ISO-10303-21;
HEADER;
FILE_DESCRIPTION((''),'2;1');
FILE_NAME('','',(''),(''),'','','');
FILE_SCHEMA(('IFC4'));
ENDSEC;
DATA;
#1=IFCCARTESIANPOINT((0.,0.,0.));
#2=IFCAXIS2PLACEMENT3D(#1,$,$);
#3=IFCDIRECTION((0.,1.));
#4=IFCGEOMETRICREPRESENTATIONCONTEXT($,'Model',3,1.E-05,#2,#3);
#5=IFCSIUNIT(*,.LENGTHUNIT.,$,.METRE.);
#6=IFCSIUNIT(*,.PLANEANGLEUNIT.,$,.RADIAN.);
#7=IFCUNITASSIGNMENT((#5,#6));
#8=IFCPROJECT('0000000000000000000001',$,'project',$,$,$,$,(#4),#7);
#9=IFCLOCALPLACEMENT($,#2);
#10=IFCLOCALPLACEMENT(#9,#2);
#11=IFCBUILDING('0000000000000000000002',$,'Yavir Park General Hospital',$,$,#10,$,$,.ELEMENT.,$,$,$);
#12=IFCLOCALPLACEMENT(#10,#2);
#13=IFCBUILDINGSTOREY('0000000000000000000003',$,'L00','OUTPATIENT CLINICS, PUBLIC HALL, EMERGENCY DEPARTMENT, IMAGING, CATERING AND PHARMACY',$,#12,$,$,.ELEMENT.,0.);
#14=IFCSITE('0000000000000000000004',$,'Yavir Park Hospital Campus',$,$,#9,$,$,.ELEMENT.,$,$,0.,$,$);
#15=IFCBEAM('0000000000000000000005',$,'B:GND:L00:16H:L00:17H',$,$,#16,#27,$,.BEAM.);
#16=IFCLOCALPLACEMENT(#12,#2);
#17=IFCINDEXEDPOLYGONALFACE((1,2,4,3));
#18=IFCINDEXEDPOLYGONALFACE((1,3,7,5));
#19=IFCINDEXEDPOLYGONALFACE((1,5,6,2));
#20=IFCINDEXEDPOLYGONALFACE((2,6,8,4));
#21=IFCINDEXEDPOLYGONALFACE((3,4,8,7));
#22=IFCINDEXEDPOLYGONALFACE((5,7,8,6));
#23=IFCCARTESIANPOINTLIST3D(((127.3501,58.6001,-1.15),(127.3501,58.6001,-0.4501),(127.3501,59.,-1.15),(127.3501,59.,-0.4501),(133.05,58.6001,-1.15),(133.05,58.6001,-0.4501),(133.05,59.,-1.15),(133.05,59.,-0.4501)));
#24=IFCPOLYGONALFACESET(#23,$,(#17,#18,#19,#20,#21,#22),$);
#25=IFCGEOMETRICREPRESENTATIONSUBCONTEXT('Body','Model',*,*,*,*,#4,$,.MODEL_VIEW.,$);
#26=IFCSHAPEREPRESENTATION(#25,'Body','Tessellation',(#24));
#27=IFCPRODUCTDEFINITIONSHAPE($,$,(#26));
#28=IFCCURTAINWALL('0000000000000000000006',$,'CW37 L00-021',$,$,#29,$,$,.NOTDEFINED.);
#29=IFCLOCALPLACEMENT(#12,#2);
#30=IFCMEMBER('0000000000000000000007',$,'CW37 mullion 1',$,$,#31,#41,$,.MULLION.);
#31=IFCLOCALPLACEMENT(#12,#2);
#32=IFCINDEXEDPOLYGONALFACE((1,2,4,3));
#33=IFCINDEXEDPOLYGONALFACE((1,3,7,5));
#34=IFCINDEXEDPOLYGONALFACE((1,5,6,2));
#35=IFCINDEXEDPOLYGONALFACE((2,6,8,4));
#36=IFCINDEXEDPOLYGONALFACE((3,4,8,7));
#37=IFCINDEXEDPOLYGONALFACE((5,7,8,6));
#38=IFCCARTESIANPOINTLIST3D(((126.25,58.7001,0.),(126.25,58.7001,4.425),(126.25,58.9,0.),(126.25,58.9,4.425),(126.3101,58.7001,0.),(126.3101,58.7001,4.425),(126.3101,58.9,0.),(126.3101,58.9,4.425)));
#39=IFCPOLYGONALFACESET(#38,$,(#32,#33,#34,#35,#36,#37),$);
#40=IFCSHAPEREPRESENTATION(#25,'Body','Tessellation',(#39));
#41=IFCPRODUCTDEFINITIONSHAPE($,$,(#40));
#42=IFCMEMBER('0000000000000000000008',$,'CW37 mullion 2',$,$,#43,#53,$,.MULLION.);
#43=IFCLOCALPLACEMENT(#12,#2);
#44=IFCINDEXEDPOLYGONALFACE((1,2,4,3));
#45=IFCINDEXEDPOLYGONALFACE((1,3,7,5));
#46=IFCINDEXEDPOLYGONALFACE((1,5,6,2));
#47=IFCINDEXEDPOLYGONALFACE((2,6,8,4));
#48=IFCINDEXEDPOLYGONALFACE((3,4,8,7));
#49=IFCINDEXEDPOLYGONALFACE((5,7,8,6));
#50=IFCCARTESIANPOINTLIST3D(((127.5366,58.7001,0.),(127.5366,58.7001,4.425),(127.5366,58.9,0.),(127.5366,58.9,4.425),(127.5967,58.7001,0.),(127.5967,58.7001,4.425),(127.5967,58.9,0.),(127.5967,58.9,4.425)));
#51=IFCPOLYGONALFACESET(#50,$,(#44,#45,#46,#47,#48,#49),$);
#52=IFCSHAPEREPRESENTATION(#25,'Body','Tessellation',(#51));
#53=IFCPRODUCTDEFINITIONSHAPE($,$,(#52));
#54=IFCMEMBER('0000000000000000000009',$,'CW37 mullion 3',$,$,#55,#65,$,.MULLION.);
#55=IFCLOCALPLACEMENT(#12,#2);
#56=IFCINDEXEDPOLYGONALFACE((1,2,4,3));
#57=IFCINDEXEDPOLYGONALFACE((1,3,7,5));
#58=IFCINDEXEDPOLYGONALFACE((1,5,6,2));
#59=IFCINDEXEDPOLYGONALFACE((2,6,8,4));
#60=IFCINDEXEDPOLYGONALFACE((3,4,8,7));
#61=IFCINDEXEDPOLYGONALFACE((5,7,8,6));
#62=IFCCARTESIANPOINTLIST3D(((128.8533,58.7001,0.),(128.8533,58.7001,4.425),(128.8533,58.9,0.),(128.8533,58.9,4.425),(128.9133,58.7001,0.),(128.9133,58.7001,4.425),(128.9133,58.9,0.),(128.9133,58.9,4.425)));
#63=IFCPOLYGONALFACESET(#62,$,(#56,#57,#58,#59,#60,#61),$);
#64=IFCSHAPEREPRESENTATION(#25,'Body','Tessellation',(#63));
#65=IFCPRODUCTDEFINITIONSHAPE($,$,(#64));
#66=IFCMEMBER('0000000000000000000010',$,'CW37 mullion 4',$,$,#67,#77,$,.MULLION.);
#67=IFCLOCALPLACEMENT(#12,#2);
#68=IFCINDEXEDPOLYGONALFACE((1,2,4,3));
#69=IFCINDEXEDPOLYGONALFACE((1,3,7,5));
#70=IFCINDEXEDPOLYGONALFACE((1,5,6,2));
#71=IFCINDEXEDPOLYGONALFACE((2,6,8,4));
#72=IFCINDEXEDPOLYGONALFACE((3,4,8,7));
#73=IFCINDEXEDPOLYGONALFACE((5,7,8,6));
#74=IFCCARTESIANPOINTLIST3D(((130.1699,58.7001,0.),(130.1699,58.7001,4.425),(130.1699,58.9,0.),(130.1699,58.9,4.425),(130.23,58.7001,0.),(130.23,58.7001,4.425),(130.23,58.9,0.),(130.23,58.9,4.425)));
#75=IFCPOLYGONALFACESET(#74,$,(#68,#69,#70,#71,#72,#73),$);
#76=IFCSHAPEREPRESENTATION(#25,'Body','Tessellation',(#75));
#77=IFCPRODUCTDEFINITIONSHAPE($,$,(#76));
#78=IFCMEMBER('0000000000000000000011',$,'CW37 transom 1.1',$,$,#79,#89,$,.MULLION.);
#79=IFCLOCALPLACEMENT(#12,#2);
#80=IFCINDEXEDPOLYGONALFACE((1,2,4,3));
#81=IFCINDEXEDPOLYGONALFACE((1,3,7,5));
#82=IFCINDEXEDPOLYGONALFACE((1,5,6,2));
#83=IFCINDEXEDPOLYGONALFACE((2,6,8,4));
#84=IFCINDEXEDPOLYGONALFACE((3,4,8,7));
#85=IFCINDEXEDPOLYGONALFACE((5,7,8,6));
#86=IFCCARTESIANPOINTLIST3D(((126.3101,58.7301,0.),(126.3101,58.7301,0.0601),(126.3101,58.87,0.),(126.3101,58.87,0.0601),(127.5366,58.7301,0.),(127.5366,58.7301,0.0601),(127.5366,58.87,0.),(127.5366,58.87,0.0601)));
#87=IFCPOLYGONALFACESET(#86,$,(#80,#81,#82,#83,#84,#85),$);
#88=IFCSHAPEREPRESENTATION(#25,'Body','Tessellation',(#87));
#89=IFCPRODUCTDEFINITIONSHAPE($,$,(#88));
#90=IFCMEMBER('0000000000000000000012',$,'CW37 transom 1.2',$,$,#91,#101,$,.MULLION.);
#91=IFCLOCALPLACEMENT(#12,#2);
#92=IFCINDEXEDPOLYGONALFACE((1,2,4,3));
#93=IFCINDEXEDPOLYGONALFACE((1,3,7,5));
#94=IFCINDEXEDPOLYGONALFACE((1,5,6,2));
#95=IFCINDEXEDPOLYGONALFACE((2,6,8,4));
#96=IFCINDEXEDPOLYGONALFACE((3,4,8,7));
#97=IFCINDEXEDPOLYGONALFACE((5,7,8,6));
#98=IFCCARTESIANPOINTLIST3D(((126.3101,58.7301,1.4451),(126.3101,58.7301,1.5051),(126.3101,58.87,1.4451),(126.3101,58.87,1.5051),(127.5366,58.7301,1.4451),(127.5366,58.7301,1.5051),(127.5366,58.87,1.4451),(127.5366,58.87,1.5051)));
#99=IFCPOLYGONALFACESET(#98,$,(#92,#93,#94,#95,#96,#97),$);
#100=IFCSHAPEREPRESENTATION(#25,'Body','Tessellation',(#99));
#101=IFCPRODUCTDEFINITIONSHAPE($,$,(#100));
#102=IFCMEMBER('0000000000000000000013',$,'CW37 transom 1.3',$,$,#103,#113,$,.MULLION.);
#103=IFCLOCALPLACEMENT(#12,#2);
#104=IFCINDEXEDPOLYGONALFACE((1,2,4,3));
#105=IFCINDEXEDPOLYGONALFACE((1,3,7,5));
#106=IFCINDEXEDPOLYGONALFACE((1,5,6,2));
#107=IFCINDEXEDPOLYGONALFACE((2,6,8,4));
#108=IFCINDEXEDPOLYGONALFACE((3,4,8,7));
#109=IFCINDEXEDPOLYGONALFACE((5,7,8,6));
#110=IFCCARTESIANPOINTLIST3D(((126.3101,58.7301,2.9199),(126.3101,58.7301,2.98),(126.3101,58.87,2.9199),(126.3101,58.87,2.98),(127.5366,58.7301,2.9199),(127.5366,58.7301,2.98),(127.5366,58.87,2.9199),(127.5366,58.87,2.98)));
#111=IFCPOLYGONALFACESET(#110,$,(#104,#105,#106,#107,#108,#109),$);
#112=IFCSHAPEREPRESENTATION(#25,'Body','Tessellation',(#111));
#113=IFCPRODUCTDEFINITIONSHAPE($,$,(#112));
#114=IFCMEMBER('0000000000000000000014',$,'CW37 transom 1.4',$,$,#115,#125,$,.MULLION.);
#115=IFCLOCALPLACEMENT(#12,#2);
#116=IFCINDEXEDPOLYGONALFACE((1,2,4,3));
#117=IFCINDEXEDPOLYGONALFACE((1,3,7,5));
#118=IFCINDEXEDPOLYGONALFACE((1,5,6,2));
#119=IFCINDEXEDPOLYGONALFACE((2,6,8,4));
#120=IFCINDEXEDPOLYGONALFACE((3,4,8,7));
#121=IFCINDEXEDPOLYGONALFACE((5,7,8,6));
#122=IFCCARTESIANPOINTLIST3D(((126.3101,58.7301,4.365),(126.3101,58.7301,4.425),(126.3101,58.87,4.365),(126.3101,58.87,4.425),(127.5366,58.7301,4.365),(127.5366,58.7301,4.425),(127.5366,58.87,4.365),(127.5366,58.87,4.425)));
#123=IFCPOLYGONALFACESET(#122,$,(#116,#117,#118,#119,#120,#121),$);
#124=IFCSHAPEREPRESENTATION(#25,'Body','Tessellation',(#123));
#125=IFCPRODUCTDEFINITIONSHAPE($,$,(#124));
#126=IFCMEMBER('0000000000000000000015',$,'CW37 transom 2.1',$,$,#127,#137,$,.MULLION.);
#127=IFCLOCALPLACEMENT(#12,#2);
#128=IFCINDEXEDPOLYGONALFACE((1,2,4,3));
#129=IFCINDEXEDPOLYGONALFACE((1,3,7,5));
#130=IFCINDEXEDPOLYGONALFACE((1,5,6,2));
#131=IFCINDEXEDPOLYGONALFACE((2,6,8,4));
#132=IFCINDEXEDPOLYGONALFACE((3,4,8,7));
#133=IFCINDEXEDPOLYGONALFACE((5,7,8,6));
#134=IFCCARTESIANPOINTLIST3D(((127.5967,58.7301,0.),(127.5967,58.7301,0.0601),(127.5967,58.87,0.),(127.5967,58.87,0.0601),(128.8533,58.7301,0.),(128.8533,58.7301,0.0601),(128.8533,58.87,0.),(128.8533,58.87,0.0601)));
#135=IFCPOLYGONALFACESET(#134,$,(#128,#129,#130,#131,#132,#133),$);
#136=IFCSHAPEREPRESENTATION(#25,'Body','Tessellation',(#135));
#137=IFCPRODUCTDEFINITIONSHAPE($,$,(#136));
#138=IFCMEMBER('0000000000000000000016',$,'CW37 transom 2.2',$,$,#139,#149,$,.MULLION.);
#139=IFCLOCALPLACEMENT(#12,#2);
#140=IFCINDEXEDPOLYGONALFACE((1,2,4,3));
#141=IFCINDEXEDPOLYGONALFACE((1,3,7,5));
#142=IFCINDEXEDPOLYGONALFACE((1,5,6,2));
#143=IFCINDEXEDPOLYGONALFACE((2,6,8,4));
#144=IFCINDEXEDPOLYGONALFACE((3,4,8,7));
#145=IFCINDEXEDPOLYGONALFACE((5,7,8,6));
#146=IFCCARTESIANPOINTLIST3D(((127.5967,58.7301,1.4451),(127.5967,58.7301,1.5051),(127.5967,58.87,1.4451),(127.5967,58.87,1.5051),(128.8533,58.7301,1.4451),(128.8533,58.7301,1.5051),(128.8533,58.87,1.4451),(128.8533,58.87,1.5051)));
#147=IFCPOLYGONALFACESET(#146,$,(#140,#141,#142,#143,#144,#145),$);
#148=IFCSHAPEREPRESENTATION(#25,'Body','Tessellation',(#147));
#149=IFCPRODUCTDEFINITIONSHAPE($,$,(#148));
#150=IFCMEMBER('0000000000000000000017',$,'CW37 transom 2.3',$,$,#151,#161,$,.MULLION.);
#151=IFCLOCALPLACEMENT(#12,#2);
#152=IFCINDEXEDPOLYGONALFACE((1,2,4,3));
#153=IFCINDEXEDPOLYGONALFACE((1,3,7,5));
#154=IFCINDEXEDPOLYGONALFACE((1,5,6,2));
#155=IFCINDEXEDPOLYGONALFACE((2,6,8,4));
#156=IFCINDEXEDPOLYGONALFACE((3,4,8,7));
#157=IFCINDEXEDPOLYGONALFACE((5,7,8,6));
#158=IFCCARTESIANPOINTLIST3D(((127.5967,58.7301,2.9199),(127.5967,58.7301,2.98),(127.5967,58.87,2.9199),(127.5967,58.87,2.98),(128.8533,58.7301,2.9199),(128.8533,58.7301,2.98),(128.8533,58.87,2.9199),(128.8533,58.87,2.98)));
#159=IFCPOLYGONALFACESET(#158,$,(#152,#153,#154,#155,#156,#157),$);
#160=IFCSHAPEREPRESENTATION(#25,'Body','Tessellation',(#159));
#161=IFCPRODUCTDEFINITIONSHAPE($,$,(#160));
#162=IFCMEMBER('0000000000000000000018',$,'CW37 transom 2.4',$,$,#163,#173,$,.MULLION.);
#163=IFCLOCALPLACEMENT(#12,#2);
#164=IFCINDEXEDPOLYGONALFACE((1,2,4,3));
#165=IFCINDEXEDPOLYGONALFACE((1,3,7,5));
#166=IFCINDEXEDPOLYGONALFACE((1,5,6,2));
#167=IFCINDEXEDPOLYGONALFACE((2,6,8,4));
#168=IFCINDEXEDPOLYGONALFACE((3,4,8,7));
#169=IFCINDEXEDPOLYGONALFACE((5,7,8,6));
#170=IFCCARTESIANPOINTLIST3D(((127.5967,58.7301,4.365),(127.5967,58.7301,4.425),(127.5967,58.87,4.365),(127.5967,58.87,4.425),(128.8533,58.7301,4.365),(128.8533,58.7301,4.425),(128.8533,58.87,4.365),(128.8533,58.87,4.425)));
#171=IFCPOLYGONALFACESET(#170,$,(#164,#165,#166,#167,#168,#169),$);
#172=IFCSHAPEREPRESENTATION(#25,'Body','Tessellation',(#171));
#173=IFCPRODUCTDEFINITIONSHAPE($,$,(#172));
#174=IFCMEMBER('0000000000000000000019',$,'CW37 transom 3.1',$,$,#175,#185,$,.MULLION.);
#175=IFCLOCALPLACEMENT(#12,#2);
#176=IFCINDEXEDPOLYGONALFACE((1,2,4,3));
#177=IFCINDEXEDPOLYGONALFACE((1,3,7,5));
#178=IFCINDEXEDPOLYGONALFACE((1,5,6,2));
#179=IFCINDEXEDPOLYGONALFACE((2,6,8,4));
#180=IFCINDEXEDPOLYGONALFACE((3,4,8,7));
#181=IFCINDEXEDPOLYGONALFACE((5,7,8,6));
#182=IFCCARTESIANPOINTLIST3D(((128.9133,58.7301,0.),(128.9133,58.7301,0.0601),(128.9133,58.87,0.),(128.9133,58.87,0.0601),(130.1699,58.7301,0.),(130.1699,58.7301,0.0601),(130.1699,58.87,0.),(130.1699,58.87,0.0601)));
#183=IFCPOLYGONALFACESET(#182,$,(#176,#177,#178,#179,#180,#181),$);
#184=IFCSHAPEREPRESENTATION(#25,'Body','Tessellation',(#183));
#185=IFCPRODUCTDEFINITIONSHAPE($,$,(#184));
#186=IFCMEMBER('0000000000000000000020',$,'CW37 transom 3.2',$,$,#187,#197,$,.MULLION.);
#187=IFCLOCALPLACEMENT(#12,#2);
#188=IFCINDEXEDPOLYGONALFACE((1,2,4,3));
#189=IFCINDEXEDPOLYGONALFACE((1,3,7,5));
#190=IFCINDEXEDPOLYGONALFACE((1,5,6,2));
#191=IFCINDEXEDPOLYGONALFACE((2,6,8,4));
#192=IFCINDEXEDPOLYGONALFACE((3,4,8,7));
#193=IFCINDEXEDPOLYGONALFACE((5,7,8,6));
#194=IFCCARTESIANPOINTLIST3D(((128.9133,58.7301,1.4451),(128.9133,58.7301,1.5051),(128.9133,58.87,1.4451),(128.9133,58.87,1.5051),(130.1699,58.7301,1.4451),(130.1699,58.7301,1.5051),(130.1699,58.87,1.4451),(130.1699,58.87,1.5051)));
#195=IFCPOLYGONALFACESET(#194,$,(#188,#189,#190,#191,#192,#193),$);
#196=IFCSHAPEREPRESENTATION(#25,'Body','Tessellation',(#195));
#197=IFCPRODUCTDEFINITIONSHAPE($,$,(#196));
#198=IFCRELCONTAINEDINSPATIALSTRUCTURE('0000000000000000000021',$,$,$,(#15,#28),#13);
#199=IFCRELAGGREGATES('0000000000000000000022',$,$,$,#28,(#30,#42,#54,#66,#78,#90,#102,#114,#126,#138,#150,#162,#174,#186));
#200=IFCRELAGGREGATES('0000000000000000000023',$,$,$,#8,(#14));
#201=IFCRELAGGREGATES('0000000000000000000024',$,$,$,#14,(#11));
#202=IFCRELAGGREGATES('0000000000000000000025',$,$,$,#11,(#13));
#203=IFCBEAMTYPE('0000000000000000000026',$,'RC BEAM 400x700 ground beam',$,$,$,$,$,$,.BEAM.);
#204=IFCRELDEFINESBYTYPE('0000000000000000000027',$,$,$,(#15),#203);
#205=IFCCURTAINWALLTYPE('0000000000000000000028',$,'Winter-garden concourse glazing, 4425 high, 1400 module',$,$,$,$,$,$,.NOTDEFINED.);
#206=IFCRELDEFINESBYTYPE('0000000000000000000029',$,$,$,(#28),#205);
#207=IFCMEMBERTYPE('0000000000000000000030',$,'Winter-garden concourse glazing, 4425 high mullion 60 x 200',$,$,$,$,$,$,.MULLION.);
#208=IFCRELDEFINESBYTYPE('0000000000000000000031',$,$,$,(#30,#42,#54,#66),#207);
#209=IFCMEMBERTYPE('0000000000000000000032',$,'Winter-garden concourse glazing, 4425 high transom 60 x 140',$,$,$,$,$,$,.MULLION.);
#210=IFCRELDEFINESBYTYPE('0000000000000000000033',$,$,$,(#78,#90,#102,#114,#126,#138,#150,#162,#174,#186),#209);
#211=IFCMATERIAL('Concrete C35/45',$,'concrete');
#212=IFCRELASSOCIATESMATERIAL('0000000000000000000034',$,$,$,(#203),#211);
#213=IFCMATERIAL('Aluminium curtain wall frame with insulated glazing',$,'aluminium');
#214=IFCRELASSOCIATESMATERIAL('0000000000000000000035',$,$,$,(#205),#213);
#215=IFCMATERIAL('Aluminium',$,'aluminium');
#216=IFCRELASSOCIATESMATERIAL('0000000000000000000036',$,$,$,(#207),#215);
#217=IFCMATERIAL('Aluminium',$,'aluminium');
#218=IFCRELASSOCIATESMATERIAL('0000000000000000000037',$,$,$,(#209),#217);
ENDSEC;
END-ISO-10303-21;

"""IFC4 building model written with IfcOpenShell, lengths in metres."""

from ifc_helpers import new_model, si_unit, direction, frame, origin, origin_2d, place, context, subcontext, project, spatial, rectangle, extrude, material, material_profile, profile_set, type_object, element, aggregate, save


model = new_model("IFC4")

# Units and contexts
model_context = context("Model", 3, precision=1e-05, world=origin(), true_north=direction((0.0, 1.0)))
body_context = subcontext(model_context, "Body", "Model", "MODEL_VIEW")
ifc_project = project(units=[si_unit("LENGTHUNIT", "METRE"), si_unit("PLANEANGLEUNIT", "RADIAN")], contexts=[model_context])

# Site, building, storey
site_placement = place(None, origin())
site = spatial("IfcSite", under=ifc_project, at=site_placement, Name="Yavir Park Hospital Campus", CompositionType="ELEMENT", RefElevation=0.0)
building_placement = place(site_placement, origin())
building = spatial("IfcBuilding", under=site, at=building_placement, Name="Yavir Park General Hospital", CompositionType="ELEMENT")
storey_placement = place(building_placement, origin())
storey = spatial("IfcBuildingStorey", under=building, at=storey_placement, Name="L00", Description="OUTPATIENT CLINICS, PUBLIC HALL, EMERGENCY DEPARTMENT, IMAGING, CATERING AND PHARMACY", CompositionType="ELEMENT", Elevation=0.0)

# Beam
ifc_material_1 = material(Name="Concrete C35/45", Category="concrete")
ifc_material_profile_1 = material_profile(ifc_material_1, rectangle(XDim=0.3999, YDim=0.7, at=origin_2d()), Name="RC400x700")
ifc_profile_set_1 = profile_set([ifc_material_profile_1], Name="Concrete C35/45")
beam_type_1 = type_object("IfcBeamType", Name="RC BEAM 400x700 ground beam", PredefinedType="BEAM", material=ifc_profile_set_1)
beam_1_placement = place(storey_placement, frame((127.3501, 58.8, -0.8), z_axis=(1.0, 0.0, 0.0), x_axis=(0.0, 1.0, 0.0)))
element("IfcBeam", 1, at=beam_1_placement, inside=storey, type_object=beam_type_1, Name="B:GND:L00:16H:L00:17H", PredefinedType="BEAM", context=body_context, shape_type="SweptSolid", body=[
    extrude(rectangle(XDim=0.3999, YDim=0.7, at=origin_2d()), origin(), (0.0, 0.0, 1.0), 5.7),
])

# Curtain wall, members
ifc_material_2 = material(Name="Aluminium curtain wall frame with insulated glazing", Category="aluminium")
curtain_wall_type = type_object("IfcCurtainWallType", Name="Winter-garden concourse glazing, 4425 high, 1400 module", PredefinedType="NOTDEFINED", material=ifc_material_2)
curtain_wall_placement = place(storey_placement, origin())
curtain_wall = element("IfcCurtainWall", 2, at=curtain_wall_placement, inside=storey, type_object=curtain_wall_type, Name="CW37 L00-021", PredefinedType="NOTDEFINED")
ifc_material_3 = material(Name="Aluminium", Category="aluminium")
ifc_material_profile_2 = material_profile(ifc_material_3, rectangle(XDim=0.2, YDim=0.0601, at=origin_2d()), Name="AL 60x200")
ifc_profile_set_2 = profile_set([ifc_material_profile_2], Name="Aluminium")
member_type_1 = type_object("IfcMemberType", Name="Winter-garden concourse glazing, 4425 high mullion 60 x 200", PredefinedType="MULLION", material=ifc_profile_set_2)
member_1_placement = place(storey_placement, frame((126.28, 58.8, 0.0), z_axis=(0.0, 0.0, 1.0), x_axis=(0.0, 1.0, 0.0)))
member_1 = element("IfcMember", 3, at=member_1_placement, type_object=member_type_1, Name="CW37 mullion 1", PredefinedType="MULLION", context=body_context, shape_type="SweptSolid", body=[
    extrude(rectangle(XDim=0.2, YDim=0.0601, at=origin_2d()), origin(), (0.0, 0.0, 1.0), 4.425),
])
member_2_placement = place(storey_placement, frame((127.5667, 58.8, 0.0), z_axis=(0.0, 0.0, 1.0), x_axis=(0.0, 1.0, 0.0)))
member_2 = element("IfcMember", 4, at=member_2_placement, type_object=member_type_1, Name="CW37 mullion 2", PredefinedType="MULLION", context=body_context, shape_type="SweptSolid", body=[
    extrude(rectangle(XDim=0.2, YDim=0.0601, at=origin_2d()), origin(), (0.0, 0.0, 1.0), 4.425),
])
member_3_placement = place(storey_placement, frame((128.8833, 58.8, 0.0), z_axis=(0.0, 0.0, 1.0), x_axis=(0.0, 1.0, 0.0)))
member_3 = element("IfcMember", 5, at=member_3_placement, type_object=member_type_1, Name="CW37 mullion 3", PredefinedType="MULLION", context=body_context, shape_type="SweptSolid", body=[
    extrude(rectangle(XDim=0.2, YDim=0.0601, at=origin_2d()), origin(), (0.0, 0.0, 1.0), 4.425),
])
member_4_placement = place(storey_placement, frame((130.2, 58.8, 0.0), z_axis=(0.0, 0.0, 1.0), x_axis=(0.0, 1.0, 0.0)))
member_4 = element("IfcMember", 6, at=member_4_placement, type_object=member_type_1, Name="CW37 mullion 4", PredefinedType="MULLION", context=body_context, shape_type="SweptSolid", body=[
    extrude(rectangle(XDim=0.2, YDim=0.0601, at=origin_2d()), origin(), (0.0, 0.0, 1.0), 4.425),
])
ifc_material_4 = material(Name="Aluminium", Category="aluminium")
ifc_material_profile_3 = material_profile(ifc_material_4, rectangle(XDim=0.1399, YDim=0.0601, at=origin_2d()), Name="AL 140x60")
ifc_profile_set_3 = profile_set([ifc_material_profile_3], Name="Aluminium")
member_type_2 = type_object("IfcMemberType", Name="Winter-garden concourse glazing, 4425 high transom 60 x 140", PredefinedType="MULLION", material=ifc_profile_set_3)
member_5_placement = place(storey_placement, frame((126.3101, 58.8, 0.03), z_axis=(1.0, 0.0, 0.0), x_axis=(0.0, 1.0, 0.0)))
member_5 = element("IfcMember", 7, at=member_5_placement, type_object=member_type_2, Name="CW37 transom 1.1", PredefinedType="MULLION", context=body_context, shape_type="SweptSolid", body=[
    extrude(rectangle(XDim=0.1399, YDim=0.0601, at=origin_2d()), origin(), (0.0, 0.0, 1.0), 1.2266),
])
member_6_placement = place(storey_placement, frame((126.3101, 58.8, 1.4751), z_axis=(1.0, 0.0, 0.0), x_axis=(0.0, 1.0, 0.0)))
member_6 = element("IfcMember", 8, at=member_6_placement, type_object=member_type_2, Name="CW37 transom 1.2", PredefinedType="MULLION", context=body_context, shape_type="SweptSolid", body=[
    extrude(rectangle(XDim=0.1399, YDim=0.0601, at=origin_2d()), origin(), (0.0, 0.0, 1.0), 1.2266),
])
member_7_placement = place(storey_placement, frame((126.3101, 58.8, 2.95), z_axis=(1.0, 0.0, 0.0), x_axis=(0.0, 1.0, 0.0)))
member_7 = element("IfcMember", 9, at=member_7_placement, type_object=member_type_2, Name="CW37 transom 1.3", PredefinedType="MULLION", context=body_context, shape_type="SweptSolid", body=[
    extrude(rectangle(XDim=0.1399, YDim=0.0601, at=origin_2d()), origin(), (0.0, 0.0, 1.0), 1.2266),
])
member_8_placement = place(storey_placement, frame((126.3101, 58.8, 4.395), z_axis=(1.0, 0.0, 0.0), x_axis=(0.0, 1.0, 0.0)))
member_8 = element("IfcMember", 10, at=member_8_placement, type_object=member_type_2, Name="CW37 transom 1.4", PredefinedType="MULLION", context=body_context, shape_type="SweptSolid", body=[
    extrude(rectangle(XDim=0.1399, YDim=0.0601, at=origin_2d()), origin(), (0.0, 0.0, 1.0), 1.2266),
])
member_9_placement = place(storey_placement, frame((127.5967, 58.8, 0.03), z_axis=(1.0, 0.0, 0.0), x_axis=(0.0, 1.0, 0.0)))
member_9 = element("IfcMember", 11, at=member_9_placement, type_object=member_type_2, Name="CW37 transom 2.1", PredefinedType="MULLION", context=body_context, shape_type="SweptSolid", body=[
    extrude(rectangle(XDim=0.1399, YDim=0.0601, at=origin_2d()), origin(), (0.0, 0.0, 1.0), 1.2566),
])
member_10_placement = place(storey_placement, frame((127.5967, 58.8, 1.4751), z_axis=(1.0, 0.0, 0.0), x_axis=(0.0, 1.0, 0.0)))
member_10 = element("IfcMember", 12, at=member_10_placement, type_object=member_type_2, Name="CW37 transom 2.2", PredefinedType="MULLION", context=body_context, shape_type="SweptSolid", body=[
    extrude(rectangle(XDim=0.1399, YDim=0.0601, at=origin_2d()), origin(), (0.0, 0.0, 1.0), 1.2566),
])
member_11_placement = place(storey_placement, frame((127.5967, 58.8, 2.95), z_axis=(1.0, 0.0, 0.0), x_axis=(0.0, 1.0, 0.0)))
member_11 = element("IfcMember", 13, at=member_11_placement, type_object=member_type_2, Name="CW37 transom 2.3", PredefinedType="MULLION", context=body_context, shape_type="SweptSolid", body=[
    extrude(rectangle(XDim=0.1399, YDim=0.0601, at=origin_2d()), origin(), (0.0, 0.0, 1.0), 1.2566),
])
member_12_placement = place(storey_placement, frame((127.5967, 58.8, 4.395), z_axis=(1.0, 0.0, 0.0), x_axis=(0.0, 1.0, 0.0)))
member_12 = element("IfcMember", 14, at=member_12_placement, type_object=member_type_2, Name="CW37 transom 2.4", PredefinedType="MULLION", context=body_context, shape_type="SweptSolid", body=[
    extrude(rectangle(XDim=0.1399, YDim=0.0601, at=origin_2d()), origin(), (0.0, 0.0, 1.0), 1.2566),
])
member_13_placement = place(storey_placement, frame((128.9133, 58.8, 0.03), z_axis=(1.0, 0.0, 0.0), x_axis=(0.0, 1.0, 0.0)))
member_13 = element("IfcMember", 15, at=member_13_placement, type_object=member_type_2, Name="CW37 transom 3.1", PredefinedType="MULLION", context=body_context, shape_type="SweptSolid", body=[
    extrude(rectangle(XDim=0.1399, YDim=0.0601, at=origin_2d()), origin(), (0.0, 0.0, 1.0), 1.2566),
])
member_14_placement = place(storey_placement, frame((128.9133, 58.8, 1.4751), z_axis=(1.0, 0.0, 0.0), x_axis=(0.0, 1.0, 0.0)))
member_14 = element("IfcMember", 16, at=member_14_placement, type_object=member_type_2, Name="CW37 transom 3.2", PredefinedType="MULLION", context=body_context, shape_type="SweptSolid", body=[
    extrude(rectangle(XDim=0.1399, YDim=0.0601, at=origin_2d()), origin(), (0.0, 0.0, 1.0), 1.2566),
])
aggregate(curtain_wall, [member_1, member_2, member_3, member_4, member_5, member_6, member_7, member_8, member_9, member_10, member_11, member_12, member_13, member_14])

save(model, "model.ifc")
